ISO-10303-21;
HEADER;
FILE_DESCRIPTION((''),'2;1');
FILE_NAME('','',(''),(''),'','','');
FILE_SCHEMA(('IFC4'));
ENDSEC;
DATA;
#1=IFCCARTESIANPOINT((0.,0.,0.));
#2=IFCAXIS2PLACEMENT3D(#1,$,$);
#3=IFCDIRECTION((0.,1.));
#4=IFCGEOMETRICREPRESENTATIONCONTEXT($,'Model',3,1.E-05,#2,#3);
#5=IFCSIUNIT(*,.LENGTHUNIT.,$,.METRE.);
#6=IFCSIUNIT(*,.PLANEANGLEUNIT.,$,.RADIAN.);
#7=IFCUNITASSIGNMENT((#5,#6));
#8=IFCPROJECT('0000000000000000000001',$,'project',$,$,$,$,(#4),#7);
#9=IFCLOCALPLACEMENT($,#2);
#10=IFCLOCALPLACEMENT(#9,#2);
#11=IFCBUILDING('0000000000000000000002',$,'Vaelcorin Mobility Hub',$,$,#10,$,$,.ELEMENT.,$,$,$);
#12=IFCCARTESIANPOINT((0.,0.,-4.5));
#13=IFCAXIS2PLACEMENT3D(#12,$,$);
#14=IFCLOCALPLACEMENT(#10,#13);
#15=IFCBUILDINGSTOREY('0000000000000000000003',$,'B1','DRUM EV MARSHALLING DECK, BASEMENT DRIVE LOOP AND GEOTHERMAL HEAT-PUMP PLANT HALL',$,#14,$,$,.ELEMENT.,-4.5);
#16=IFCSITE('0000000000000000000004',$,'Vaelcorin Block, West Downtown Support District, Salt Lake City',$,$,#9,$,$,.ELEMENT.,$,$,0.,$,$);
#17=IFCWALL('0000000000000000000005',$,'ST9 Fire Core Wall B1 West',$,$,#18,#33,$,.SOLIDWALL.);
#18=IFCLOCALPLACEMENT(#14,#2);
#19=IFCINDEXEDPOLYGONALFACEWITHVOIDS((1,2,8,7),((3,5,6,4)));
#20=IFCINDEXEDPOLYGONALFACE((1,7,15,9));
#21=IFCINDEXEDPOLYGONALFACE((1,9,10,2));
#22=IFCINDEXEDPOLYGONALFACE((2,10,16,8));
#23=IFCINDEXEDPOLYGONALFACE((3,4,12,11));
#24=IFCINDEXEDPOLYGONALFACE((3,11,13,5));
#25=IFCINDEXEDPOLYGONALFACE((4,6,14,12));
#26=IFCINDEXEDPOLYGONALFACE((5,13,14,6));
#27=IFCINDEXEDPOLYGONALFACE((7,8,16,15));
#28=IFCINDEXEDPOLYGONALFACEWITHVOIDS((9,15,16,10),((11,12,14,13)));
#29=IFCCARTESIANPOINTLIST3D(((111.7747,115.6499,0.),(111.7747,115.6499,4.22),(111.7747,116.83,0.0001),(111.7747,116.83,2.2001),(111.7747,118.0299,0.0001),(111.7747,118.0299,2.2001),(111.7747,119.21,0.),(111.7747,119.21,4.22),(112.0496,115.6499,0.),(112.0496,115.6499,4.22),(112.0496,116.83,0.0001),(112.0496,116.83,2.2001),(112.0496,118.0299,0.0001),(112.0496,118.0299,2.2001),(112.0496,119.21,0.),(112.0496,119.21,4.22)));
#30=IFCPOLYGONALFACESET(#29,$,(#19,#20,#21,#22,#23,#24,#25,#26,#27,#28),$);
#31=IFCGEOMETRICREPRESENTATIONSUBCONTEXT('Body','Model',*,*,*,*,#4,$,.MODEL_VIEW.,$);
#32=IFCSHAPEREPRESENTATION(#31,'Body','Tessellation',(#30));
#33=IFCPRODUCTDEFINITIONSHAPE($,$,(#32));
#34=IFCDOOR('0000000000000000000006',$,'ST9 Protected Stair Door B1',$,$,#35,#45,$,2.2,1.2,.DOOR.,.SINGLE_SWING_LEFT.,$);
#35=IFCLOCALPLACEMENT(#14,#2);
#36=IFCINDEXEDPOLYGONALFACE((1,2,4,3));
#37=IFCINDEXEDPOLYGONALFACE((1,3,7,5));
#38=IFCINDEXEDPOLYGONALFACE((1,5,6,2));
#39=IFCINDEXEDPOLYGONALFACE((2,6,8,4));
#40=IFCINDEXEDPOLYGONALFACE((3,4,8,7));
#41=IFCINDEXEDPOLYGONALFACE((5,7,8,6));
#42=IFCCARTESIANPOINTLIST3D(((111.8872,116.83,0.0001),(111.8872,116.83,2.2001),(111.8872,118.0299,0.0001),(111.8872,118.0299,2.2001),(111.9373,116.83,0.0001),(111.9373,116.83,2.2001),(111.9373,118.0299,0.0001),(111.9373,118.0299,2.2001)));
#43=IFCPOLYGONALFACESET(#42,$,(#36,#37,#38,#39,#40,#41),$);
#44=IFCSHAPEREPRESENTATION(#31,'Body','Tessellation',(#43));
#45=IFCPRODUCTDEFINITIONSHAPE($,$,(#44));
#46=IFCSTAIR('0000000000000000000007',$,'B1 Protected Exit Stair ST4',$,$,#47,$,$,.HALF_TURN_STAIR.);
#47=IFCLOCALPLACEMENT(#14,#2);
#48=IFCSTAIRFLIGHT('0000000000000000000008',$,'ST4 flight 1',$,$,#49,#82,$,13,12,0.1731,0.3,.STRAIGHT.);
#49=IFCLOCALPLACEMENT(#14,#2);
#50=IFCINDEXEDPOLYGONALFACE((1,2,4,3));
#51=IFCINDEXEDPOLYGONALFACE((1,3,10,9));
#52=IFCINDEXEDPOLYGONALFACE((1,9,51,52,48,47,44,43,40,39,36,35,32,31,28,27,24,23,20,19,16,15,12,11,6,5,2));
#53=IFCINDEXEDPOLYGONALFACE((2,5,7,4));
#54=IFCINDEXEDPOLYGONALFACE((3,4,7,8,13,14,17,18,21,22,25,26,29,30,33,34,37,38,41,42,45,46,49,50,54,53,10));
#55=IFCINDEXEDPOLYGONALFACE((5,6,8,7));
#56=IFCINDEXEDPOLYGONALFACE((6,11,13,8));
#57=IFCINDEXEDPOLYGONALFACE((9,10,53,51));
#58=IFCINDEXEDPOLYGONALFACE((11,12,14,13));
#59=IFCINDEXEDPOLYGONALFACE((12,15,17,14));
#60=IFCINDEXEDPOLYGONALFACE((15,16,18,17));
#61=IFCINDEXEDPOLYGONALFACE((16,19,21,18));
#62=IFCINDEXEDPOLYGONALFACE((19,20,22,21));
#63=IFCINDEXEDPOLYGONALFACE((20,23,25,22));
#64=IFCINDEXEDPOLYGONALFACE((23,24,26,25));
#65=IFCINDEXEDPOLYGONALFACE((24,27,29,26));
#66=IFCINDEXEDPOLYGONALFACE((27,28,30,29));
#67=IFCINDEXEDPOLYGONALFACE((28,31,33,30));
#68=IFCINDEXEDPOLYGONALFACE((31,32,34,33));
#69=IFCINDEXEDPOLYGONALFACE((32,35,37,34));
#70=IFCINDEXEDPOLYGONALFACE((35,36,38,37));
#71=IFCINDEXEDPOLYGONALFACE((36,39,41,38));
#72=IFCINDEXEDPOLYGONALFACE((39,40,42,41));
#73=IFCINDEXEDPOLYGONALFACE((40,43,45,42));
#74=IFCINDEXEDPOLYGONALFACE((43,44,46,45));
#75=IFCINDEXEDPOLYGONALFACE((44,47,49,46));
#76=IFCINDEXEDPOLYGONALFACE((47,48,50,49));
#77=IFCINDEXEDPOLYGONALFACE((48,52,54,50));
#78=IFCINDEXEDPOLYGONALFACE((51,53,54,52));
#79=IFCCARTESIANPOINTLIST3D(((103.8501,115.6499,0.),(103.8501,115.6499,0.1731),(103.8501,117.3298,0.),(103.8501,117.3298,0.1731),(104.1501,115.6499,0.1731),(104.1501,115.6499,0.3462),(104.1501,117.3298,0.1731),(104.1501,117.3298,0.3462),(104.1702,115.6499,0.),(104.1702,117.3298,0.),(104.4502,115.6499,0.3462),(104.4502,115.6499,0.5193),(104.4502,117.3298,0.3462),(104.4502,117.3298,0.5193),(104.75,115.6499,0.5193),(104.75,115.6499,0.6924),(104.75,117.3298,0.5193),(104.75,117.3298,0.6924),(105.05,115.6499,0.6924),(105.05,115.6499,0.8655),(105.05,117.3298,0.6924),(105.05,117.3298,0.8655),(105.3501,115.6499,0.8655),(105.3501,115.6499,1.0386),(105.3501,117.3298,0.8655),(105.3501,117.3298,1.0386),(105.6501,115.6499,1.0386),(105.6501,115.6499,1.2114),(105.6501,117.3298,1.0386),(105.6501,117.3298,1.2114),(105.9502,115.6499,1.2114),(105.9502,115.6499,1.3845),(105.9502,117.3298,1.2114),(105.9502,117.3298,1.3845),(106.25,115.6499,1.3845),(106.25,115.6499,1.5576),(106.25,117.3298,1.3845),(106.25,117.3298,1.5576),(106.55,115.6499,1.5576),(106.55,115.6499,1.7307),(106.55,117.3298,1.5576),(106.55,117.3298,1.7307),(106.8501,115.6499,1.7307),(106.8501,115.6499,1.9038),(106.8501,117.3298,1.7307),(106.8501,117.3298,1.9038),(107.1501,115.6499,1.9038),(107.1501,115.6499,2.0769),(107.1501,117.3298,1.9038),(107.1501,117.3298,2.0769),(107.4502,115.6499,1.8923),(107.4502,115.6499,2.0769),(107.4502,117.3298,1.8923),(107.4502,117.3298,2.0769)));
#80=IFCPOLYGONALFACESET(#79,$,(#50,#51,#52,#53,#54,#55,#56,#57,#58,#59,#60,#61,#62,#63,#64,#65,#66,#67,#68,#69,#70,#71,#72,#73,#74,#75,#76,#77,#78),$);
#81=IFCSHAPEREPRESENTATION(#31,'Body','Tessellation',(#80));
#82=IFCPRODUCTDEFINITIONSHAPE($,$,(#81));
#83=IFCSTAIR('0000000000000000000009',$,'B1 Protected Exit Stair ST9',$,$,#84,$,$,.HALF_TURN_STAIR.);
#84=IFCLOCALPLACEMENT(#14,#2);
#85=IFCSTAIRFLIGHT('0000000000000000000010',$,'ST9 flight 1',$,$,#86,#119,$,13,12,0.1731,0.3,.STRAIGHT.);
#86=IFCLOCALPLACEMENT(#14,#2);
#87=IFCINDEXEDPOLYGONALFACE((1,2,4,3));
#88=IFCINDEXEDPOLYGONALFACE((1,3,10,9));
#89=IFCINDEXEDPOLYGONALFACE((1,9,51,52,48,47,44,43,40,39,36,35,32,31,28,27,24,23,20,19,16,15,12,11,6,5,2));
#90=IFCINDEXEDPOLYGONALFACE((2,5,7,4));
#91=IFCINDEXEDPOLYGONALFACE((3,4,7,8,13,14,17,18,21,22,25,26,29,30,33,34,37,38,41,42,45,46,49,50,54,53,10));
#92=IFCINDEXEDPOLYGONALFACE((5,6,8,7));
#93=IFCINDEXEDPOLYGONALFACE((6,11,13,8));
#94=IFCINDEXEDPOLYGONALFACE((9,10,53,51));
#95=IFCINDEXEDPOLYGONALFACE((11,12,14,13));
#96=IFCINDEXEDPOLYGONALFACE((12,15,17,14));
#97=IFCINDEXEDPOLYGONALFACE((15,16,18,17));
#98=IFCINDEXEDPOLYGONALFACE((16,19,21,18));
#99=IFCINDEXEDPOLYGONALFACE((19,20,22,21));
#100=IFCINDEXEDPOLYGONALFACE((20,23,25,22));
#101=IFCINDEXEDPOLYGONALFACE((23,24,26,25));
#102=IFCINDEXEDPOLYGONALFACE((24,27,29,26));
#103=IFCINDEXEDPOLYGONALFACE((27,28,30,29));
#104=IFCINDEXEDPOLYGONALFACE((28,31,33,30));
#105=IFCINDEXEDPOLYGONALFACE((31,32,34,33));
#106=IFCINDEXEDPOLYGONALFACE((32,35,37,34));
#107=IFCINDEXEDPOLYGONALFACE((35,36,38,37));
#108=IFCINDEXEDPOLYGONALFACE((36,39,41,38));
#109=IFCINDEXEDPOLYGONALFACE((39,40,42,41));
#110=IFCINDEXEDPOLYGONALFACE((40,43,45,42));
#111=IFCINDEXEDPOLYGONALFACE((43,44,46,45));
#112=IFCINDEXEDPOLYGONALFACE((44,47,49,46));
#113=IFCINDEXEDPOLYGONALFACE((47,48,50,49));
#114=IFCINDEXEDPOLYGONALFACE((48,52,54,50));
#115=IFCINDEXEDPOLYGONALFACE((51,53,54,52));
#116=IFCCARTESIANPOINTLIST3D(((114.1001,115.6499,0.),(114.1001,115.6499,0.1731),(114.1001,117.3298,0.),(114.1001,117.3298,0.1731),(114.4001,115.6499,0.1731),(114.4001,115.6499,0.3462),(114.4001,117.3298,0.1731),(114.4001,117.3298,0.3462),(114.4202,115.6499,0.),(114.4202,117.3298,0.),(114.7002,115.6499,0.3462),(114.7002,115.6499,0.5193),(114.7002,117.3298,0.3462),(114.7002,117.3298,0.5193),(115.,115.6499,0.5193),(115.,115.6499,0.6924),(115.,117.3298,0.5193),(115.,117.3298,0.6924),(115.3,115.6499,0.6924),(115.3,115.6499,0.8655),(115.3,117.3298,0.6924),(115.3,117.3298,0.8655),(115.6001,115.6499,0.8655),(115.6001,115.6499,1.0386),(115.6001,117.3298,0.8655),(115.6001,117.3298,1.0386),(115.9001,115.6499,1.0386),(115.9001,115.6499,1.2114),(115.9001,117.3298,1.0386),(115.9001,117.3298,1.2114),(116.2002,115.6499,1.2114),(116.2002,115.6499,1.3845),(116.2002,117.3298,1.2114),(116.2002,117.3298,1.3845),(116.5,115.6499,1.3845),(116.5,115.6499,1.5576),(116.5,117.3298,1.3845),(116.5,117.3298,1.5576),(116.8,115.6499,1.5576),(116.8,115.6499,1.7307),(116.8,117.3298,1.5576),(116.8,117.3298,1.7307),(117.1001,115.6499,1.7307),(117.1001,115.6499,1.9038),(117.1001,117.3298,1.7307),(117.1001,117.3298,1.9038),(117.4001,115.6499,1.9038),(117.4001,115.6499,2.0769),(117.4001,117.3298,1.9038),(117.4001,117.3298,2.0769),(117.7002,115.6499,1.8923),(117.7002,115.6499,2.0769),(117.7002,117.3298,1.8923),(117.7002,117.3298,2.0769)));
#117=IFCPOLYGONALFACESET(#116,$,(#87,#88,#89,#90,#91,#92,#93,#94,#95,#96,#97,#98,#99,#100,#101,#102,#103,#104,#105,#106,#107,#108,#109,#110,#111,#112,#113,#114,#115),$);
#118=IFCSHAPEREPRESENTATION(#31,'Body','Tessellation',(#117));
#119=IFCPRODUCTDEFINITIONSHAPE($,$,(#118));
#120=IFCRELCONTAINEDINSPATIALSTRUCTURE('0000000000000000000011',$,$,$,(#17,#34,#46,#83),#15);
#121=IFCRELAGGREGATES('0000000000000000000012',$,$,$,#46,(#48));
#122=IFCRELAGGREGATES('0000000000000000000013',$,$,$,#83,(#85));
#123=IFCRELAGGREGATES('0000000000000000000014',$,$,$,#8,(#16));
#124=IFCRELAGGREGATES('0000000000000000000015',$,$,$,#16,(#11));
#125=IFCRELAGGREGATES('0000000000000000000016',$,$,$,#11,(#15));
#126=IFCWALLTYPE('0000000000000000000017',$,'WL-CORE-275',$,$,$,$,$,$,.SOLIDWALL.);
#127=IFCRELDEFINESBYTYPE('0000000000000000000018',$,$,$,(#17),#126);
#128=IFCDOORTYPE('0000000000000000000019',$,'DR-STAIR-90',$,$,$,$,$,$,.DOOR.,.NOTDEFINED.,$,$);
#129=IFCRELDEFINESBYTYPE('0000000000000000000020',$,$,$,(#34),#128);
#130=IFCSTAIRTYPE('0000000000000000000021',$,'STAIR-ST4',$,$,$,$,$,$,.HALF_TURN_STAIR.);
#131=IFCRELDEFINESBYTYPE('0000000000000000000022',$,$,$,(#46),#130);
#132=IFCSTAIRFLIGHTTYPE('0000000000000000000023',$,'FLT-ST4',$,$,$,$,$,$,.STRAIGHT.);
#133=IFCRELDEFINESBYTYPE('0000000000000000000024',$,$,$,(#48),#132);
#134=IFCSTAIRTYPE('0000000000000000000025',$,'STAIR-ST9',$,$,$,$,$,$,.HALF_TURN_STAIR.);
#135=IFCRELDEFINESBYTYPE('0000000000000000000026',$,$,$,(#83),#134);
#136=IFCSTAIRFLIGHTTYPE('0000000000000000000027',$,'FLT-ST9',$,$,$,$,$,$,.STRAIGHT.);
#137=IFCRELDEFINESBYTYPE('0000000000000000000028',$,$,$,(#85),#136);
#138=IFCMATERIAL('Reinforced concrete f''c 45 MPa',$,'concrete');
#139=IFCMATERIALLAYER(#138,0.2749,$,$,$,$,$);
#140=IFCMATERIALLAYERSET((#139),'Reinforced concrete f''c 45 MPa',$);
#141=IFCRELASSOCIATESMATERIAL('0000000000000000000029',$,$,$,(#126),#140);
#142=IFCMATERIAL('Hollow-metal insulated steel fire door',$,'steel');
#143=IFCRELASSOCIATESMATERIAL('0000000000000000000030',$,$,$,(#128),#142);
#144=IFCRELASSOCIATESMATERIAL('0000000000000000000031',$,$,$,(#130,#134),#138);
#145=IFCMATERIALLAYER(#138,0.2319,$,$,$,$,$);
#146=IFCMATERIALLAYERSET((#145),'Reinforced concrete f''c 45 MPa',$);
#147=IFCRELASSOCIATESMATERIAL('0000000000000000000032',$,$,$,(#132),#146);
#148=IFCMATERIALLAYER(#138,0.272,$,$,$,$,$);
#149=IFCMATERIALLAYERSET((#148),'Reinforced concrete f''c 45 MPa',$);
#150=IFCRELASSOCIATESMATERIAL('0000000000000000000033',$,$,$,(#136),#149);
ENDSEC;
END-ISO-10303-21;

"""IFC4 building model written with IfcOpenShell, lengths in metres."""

from ifc_helpers import new_model, si_unit, direction, frame, frame_2d, origin, place, context, subcontext, project, spatial, polyline, rectangle, outline, extrude, material, layer, layer_set, type_object, element, fill, aggregate, save


model = new_model("IFC4")

# Units and contexts
model_context = context("Model", 3, precision=1e-05, world=origin(), true_north=direction((0.0, 1.0)))
body_context = subcontext(model_context, "Body", "Model", "MODEL_VIEW")
ifc_project = project(units=[si_unit("LENGTHUNIT", "METRE"), si_unit("PLANEANGLEUNIT", "RADIAN")], contexts=[model_context])

# Site, building, storey
site_placement = place(None, origin())
site = spatial("IfcSite", under=ifc_project, at=site_placement, Name="Vaelcorin Block, West Downtown Support District, Salt Lake City", CompositionType="ELEMENT", RefElevation=0.0)
building_placement = place(site_placement, origin())
building = spatial("IfcBuilding", under=site, at=building_placement, Name="Vaelcorin Mobility Hub", CompositionType="ELEMENT")
storey_placement = place(building_placement, frame((0.0, 0.0, -4.5)))
storey = spatial("IfcBuildingStorey", under=building, at=storey_placement, Name="B1", Description="DRUM EV MARSHALLING DECK, BASEMENT DRIVE LOOP AND GEOTHERMAL HEAT-PUMP PLANT HALL", CompositionType="ELEMENT", Elevation=-4.5)

# Shared definitions
ifc_material_1 = material(Name="Reinforced concrete f'c 45 MPa", Category="concrete")
ifc_layer_1 = layer(ifc_material_1, 0.2749)
ifc_layer_set_1 = layer_set([ifc_layer_1], Name="Reinforced concrete f'c 45 MPa")
wall_type = type_object("IfcWallType", Name="WL-CORE-275", PredefinedType="SOLIDWALL", material=ifc_layer_set_1)

# Wall, opening, door
wall_1_placement = place(storey_placement, frame((111.9121, 115.6499, 0.0), z_axis=(0.0, 0.0, 1.0), x_axis=(0.0, 1.0, 0.0)))
wall_1 = element("IfcWall", 1, at=wall_1_placement, inside=storey, type_object=wall_type, Name="ST9 Fire Core Wall B1 West", PredefinedType="SOLIDWALL", context=body_context, shape_type="SweptSolid", body=[
    extrude(rectangle(XDim=3.5601, YDim=0.2749, at=frame_2d((1.78, 0.0))), origin(), (0.0, 0.0, 1.0), 4.22),
])
opening_placement = place(wall_1_placement, frame((1.1799, 0.0, 0.0)))
opening = element("IfcOpeningElement", 2, at=opening_placement, cuts=wall_1, PredefinedType="OPENING", context=body_context, shape_type="SweptSolid", body=[
    extrude(rectangle(XDim=1.2, YDim=2.2, at=frame_2d((0.6001, 1.1001))), frame((0.0, 0.1475, 0.0), z_axis=(0.0, -1.0, 0.0), x_axis=(1.0, 0.0, 0.0)), (0.0, 0.0, 1.0), 0.2949),
])
ifc_material_2 = material(Name="Hollow-metal insulated steel fire door", Category="steel")
door_type = type_object("IfcDoorType", Name="DR-STAIR-90", OperationType="NOTDEFINED", PredefinedType="DOOR", material=ifc_material_2)
door_placement = place(opening_placement, origin())
door = element("IfcDoor", 3, at=door_placement, inside=storey, type_object=door_type, Name="ST9 Protected Stair Door B1", OperationType="SINGLE_SWING_LEFT", OverallHeight=2.2, OverallWidth=1.2, PredefinedType="DOOR", context=body_context, shape_type="SweptSolid", body=[
    extrude(rectangle(XDim=1.2, YDim=2.2, at=frame_2d((0.6001, 1.1001))), frame((0.0, 0.0249, 0.0), z_axis=(0.0, -1.0, 0.0), x_axis=(1.0, 0.0, 0.0)), (0.0, 0.0, 1.0), 0.05),
])
fill(opening, door)

# Stairs, stair flights
stair_type_1 = type_object("IfcStairType", Name="STAIR-ST4", PredefinedType="HALF_TURN_STAIR", material=ifc_material_1)
stair_1_placement = place(storey_placement, origin())
stair_1 = element("IfcStair", 4, at=stair_1_placement, inside=storey, type_object=stair_type_1, Name="B1 Protected Exit Stair ST4", PredefinedType="HALF_TURN_STAIR")
ifc_layer_2 = layer(ifc_material_1, 0.2319)
ifc_layer_set_2 = layer_set([ifc_layer_2], Name="Reinforced concrete f'c 45 MPa")
stair_flight_type_1 = type_object("IfcStairFlightType", Name="FLT-ST4", PredefinedType="STRAIGHT", material=ifc_layer_set_2)
stair_flight_1_placement = place(storey_placement, frame((103.8501, 116.49, 0.0), z_axis=(0.0, 0.0, 1.0), x_axis=(1.0, 0.0, 0.0)))
stair_flight_1 = element("IfcStairFlight", 5, at=stair_flight_1_placement, type_object=stair_flight_type_1, Name="ST4 flight 1", NumberOfRisers=13, NumberOfTreads=12, PredefinedType="STRAIGHT", RiserHeight=0.1731, TreadLength=0.3, context=body_context, shape_type="SweptSolid", body=[
    extrude(outline(polyline([(0.0, 0.0), (0.0, 0.1731), (0.3, 0.1731), (0.3, 0.3462), (0.6001, 0.3462), (0.6001, 0.5193), (0.8999, 0.5193), (0.8999, 0.6924), (1.2, 0.6924), (1.2, 0.8655), (1.5, 0.8655), (1.5, 1.0386), (1.8, 1.0386), (1.8, 1.2114), (2.1001, 1.2114), (2.1001, 1.3845), (2.3999, 1.3845), (2.3999, 1.5576), (2.7, 1.5576), (2.7, 1.7307), (3.0, 1.7307), (3.0, 1.9038), (3.3, 1.9038), (3.3, 2.0769), (3.6001, 2.0769), (3.6001, 2.25), (3.6001, 1.8923), (0.3201, 0.0), (0.0, 0.0)])), frame((0.0, 0.8398, 0.0), z_axis=(0.0, -1.0, 0.0), x_axis=(1.0, 0.0, 0.0)), (0.0, 0.0, 1.0), 1.6799),
])
aggregate(stair_1, [stair_flight_1])
stair_type_2 = type_object("IfcStairType", Name="STAIR-ST9", PredefinedType="HALF_TURN_STAIR", material=ifc_material_1)
stair_2_placement = place(storey_placement, origin())
stair_2 = element("IfcStair", 6, at=stair_2_placement, inside=storey, type_object=stair_type_2, Name="B1 Protected Exit Stair ST9", PredefinedType="HALF_TURN_STAIR")
ifc_layer_3 = layer(ifc_material_1, 0.272)
ifc_layer_set_3 = layer_set([ifc_layer_3], Name="Reinforced concrete f'c 45 MPa")
stair_flight_type_2 = type_object("IfcStairFlightType", Name="FLT-ST9", PredefinedType="STRAIGHT", material=ifc_layer_set_3)
stair_flight_2_placement = place(storey_placement, frame((114.1001, 116.49, 0.0), z_axis=(0.0, 0.0, 1.0), x_axis=(1.0, 0.0, 0.0)))
stair_flight_2 = element("IfcStairFlight", 7, at=stair_flight_2_placement, type_object=stair_flight_type_2, Name="ST9 flight 1", NumberOfRisers=13, NumberOfTreads=12, PredefinedType="STRAIGHT", RiserHeight=0.1731, TreadLength=0.3, context=body_context, shape_type="SweptSolid", body=[
    extrude(outline(polyline([(0.0, 0.0), (0.0, 0.1731), (0.3, 0.1731), (0.3, 0.3462), (0.6001, 0.3462), (0.6001, 0.5193), (0.8999, 0.5193), (0.8999, 0.6924), (1.2, 0.6924), (1.2, 0.8655), (1.5, 0.8655), (1.5, 1.0386), (1.8, 1.0386), (1.8, 1.2114), (2.1001, 1.2114), (2.1001, 1.3845), (2.3999, 1.3845), (2.3999, 1.5576), (2.7, 1.5576), (2.7, 1.7307), (3.0, 1.7307), (3.0, 1.9038), (3.3, 1.9038), (3.3, 2.0769), (3.6001, 2.0769), (3.6001, 2.25), (3.6001, 1.8923), (0.3201, 0.0), (0.0, 0.0)])), frame((0.0, 0.8398, 0.0), z_axis=(0.0, -1.0, 0.0), x_axis=(1.0, 0.0, 0.0)), (0.0, 0.0, 1.0), 1.6799),
])
aggregate(stair_2, [stair_flight_2])

save(model, "model.ifc")
